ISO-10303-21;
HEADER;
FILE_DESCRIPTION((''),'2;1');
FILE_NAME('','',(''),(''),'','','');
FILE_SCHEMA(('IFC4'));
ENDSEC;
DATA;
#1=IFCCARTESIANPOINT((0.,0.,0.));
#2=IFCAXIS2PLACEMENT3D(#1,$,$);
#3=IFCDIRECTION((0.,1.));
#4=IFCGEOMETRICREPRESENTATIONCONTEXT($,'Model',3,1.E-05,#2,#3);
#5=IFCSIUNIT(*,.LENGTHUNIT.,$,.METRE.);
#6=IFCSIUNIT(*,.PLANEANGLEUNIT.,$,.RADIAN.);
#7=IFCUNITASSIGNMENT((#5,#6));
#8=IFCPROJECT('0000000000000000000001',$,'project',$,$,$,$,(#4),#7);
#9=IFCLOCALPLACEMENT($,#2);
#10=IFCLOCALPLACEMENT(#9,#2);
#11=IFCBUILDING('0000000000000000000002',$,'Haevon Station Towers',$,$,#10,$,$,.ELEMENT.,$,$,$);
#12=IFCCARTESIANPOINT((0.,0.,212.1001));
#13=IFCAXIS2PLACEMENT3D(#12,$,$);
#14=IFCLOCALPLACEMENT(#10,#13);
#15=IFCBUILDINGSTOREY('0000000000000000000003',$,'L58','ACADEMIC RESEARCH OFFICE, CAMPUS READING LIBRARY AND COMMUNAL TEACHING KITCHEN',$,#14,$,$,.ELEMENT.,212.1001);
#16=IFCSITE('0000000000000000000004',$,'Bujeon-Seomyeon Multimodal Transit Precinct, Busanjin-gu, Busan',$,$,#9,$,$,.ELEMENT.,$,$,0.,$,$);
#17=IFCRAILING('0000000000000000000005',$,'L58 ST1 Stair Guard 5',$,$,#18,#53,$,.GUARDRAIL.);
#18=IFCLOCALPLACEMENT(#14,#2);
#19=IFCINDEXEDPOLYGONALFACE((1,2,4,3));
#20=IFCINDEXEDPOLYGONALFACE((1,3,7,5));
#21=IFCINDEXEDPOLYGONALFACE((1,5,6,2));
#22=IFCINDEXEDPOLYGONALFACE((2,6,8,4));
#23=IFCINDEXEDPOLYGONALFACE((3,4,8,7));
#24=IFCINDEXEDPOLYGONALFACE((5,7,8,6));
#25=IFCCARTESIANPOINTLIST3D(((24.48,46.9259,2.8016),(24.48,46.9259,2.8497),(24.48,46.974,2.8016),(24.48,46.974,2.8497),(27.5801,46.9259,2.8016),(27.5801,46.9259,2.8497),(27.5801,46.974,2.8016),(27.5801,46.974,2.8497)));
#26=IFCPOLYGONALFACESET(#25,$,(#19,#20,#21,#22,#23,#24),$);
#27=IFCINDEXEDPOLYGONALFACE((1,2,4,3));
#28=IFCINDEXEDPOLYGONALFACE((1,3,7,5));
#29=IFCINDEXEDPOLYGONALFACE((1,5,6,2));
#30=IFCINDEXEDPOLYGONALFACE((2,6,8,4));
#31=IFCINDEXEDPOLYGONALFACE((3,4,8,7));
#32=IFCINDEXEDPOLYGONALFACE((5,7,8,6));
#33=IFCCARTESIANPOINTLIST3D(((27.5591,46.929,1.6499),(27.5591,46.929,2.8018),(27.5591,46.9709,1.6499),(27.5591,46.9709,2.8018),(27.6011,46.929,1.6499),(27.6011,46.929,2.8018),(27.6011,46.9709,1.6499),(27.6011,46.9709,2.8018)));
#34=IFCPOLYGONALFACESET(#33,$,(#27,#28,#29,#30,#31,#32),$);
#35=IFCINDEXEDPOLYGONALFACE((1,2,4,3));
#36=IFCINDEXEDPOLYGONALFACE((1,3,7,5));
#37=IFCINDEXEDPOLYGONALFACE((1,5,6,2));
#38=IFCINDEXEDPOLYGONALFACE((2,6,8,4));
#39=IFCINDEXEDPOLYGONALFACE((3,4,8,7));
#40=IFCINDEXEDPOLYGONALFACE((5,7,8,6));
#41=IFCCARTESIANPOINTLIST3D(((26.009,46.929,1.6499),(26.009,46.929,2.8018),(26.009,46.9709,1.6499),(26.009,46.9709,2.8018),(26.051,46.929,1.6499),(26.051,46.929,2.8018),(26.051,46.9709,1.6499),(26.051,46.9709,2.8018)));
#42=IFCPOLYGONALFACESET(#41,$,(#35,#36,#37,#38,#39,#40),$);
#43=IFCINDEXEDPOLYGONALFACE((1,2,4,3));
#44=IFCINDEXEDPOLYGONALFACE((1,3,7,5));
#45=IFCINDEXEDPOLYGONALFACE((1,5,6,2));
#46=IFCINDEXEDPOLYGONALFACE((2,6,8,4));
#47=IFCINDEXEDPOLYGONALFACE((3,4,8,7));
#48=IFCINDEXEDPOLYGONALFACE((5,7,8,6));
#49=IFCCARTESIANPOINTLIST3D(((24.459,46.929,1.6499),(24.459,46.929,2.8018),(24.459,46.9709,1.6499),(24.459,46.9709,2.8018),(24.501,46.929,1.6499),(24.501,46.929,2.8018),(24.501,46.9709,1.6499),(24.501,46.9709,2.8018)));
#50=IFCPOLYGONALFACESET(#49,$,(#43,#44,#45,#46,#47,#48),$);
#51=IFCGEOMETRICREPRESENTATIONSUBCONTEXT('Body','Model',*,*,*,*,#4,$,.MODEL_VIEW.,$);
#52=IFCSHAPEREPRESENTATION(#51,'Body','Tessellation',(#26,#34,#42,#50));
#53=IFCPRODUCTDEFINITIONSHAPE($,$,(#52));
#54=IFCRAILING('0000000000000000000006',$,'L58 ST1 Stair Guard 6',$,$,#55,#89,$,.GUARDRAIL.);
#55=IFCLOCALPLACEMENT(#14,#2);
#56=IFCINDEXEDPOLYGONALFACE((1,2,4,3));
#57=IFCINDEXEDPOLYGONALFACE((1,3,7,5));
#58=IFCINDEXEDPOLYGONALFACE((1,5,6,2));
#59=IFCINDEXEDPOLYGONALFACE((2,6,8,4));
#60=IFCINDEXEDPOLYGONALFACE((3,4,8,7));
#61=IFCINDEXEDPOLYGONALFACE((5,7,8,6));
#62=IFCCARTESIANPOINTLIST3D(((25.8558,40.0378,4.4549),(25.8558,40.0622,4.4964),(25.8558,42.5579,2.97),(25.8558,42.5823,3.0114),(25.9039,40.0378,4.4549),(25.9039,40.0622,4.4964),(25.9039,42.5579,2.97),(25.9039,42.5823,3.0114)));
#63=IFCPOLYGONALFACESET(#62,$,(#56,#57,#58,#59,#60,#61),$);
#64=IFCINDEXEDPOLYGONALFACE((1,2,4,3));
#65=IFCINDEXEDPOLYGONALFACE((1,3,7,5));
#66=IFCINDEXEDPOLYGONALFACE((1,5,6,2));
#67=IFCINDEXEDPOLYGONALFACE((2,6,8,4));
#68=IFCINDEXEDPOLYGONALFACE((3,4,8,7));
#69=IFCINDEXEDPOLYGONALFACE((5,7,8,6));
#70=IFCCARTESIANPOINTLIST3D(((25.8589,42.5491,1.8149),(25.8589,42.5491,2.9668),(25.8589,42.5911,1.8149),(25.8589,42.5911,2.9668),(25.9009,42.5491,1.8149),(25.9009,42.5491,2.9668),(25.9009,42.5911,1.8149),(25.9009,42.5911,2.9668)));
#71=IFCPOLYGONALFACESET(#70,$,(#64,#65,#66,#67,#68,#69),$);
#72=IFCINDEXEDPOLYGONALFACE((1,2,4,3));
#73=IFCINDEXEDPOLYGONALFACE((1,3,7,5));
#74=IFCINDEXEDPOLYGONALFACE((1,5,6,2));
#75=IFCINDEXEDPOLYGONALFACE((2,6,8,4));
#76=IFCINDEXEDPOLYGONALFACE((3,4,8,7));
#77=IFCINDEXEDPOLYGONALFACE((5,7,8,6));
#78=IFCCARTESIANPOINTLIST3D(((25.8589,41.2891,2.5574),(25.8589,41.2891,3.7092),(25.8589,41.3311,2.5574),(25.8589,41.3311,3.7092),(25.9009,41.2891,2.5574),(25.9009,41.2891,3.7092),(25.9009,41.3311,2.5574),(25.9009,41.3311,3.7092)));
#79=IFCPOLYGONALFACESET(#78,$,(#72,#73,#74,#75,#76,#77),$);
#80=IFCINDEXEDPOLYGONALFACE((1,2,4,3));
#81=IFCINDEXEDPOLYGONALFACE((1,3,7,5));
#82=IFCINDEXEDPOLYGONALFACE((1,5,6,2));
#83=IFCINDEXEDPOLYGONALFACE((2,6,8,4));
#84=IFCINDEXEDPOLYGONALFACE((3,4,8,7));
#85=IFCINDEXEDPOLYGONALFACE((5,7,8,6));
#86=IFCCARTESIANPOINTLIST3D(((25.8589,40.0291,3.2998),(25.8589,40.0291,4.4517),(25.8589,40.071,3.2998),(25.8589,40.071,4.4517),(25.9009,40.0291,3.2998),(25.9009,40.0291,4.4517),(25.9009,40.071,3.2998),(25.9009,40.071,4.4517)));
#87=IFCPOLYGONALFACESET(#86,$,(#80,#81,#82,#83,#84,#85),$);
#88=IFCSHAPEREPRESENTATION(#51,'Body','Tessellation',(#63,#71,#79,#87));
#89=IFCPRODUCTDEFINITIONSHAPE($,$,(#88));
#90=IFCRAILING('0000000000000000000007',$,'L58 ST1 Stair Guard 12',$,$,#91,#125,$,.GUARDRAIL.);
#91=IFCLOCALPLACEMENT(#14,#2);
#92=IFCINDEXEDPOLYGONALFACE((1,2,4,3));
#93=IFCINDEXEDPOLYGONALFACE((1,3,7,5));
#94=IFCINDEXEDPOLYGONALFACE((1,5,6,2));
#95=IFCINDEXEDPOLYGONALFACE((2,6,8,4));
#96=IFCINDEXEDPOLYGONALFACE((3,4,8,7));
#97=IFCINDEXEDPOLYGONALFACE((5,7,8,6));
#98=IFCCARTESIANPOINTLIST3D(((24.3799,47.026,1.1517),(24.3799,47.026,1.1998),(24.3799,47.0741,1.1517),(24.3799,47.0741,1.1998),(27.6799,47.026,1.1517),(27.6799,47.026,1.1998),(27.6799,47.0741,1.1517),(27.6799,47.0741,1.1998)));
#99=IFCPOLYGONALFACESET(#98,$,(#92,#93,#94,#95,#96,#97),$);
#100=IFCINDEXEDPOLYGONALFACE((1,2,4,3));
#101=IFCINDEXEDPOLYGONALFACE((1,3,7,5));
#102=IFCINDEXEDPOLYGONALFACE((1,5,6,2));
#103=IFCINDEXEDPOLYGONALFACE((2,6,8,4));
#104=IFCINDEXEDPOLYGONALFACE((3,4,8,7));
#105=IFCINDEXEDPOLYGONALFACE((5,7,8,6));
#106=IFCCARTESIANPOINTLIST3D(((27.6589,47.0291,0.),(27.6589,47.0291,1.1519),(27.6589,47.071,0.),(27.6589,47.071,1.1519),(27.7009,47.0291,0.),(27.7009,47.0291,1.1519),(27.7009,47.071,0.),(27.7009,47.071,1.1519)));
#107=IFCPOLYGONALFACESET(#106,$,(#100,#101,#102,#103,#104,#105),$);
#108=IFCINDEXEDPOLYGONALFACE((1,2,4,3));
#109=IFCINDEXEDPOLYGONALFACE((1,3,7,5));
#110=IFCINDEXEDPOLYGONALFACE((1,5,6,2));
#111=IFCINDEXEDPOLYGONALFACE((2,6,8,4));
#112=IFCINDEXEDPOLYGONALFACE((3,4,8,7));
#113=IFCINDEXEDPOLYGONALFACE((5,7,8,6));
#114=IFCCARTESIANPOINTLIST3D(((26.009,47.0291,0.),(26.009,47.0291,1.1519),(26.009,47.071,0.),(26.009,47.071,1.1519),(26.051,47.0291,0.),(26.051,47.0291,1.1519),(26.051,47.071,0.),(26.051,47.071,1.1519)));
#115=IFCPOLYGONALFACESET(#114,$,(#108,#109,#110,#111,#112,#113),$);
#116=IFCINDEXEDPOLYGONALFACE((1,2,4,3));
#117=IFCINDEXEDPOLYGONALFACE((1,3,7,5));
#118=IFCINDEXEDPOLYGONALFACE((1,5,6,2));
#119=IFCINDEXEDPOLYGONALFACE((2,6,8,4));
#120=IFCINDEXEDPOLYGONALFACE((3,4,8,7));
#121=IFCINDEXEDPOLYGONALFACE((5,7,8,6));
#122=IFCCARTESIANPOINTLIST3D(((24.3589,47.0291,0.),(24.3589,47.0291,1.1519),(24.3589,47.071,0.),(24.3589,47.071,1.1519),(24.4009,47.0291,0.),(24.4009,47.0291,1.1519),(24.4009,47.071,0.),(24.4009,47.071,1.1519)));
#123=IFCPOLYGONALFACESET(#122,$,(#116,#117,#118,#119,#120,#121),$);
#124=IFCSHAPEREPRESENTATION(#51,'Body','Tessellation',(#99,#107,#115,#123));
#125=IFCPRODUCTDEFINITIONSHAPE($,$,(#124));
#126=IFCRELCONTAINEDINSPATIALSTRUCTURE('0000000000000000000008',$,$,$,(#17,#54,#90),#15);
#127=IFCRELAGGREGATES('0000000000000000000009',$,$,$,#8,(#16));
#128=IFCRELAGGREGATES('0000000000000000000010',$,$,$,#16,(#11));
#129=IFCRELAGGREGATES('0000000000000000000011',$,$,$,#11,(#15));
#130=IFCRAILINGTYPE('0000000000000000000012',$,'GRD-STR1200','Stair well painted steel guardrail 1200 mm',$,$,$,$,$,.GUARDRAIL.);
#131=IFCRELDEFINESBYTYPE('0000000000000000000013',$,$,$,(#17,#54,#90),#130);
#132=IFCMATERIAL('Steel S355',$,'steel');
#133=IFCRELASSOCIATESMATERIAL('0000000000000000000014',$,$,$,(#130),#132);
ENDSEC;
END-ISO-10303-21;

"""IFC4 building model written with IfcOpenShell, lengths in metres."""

from ifc_helpers import new_model, si_unit, direction, frame, origin, origin_2d, place, context, subcontext, project, spatial, rectangle, extrude, material, type_object, element, save


model = new_model("IFC4")

# Units and contexts
model_context = context("Model", 3, precision=1e-05, world=origin(), true_north=direction((0.0, 1.0)))
body_context = subcontext(model_context, "Body", "Model", "MODEL_VIEW")
ifc_project = project(units=[si_unit("LENGTHUNIT", "METRE"), si_unit("PLANEANGLEUNIT", "RADIAN")], contexts=[model_context])

# Site, building, storey
site_placement = place(None, origin())
site = spatial("IfcSite", under=ifc_project, at=site_placement, Name="Bujeon-Seomyeon Multimodal Transit Precinct, Busanjin-gu, Busan", CompositionType="ELEMENT", RefElevation=0.0)
building_placement = place(site_placement, origin())
building = spatial("IfcBuilding", under=site, at=building_placement, Name="Haevon Station Towers", CompositionType="ELEMENT")
storey_placement = place(building_placement, frame((0.0, 0.0, 212.1001)))
storey = spatial("IfcBuildingStorey", under=building, at=storey_placement, Name="L58", Description="ACADEMIC RESEARCH OFFICE, CAMPUS READING LIBRARY AND COMMUNAL TEACHING KITCHEN", CompositionType="ELEMENT", Elevation=212.1001)

# Shared definitions
ifc_material_1 = material(Name="Steel S355", Category="steel")

# Railings
railing_type = type_object("IfcRailingType", Name="GRD-STR1200", Description="Stair well painted steel guardrail 1200 mm", PredefinedType="GUARDRAIL", material=ifc_material_1)
railing_1_placement = place(storey_placement, frame((27.5801, 46.95, 1.6499)))
element("IfcRailing", 1, at=railing_1_placement, inside=storey, type_object=railing_type, Name="L58 ST1 Stair Guard 5", PredefinedType="GUARDRAIL", context=body_context, shape_type="SweptSolid", body=[
    extrude(rectangle(XDim=0.0481, YDim=0.0481, at=origin_2d()), frame((0.0, 0.0, 1.1758), z_axis=(-1.0, 0.0, 0.0), x_axis=(0.0, -1.0, 0.0)), (0.0, 0.0, 1.0), 3.1001),
    extrude(rectangle(XDim=0.042, YDim=0.042, at=origin_2d()), origin(), (0.0, 0.0, 1.0), 1.1519),
    extrude(rectangle(XDim=0.042, YDim=0.042, at=origin_2d()), frame((-1.55, 0.0, 0.0)), (0.0, 0.0, 1.0), 1.1519),
    extrude(rectangle(XDim=0.042, YDim=0.042, at=origin_2d()), frame((-3.1001, 0.0, 0.0)), (0.0, 0.0, 1.0), 1.1519),
])
railing_2_placement = place(storey_placement, frame((25.8799, 42.5701, 1.8149)))
element("IfcRailing", 2, at=railing_2_placement, inside=storey, type_object=railing_type, Name="L58 ST1 Stair Guard 6", PredefinedType="GUARDRAIL", context=body_context, shape_type="SweptSolid", body=[
    extrude(rectangle(XDim=0.0481, YDim=0.0481, at=origin_2d()), frame((0.0, 0.0, 1.1758), z_axis=(0.0, -0.861561, 0.507655), x_axis=(1.0, 0.0, 0.0)), (0.0, 0.0, 1.0), 2.925),
    extrude(rectangle(XDim=0.042, YDim=0.042, at=origin_2d()), origin(), (0.0, 0.0, 1.0), 1.1519),
    extrude(rectangle(XDim=0.042, YDim=0.042, at=origin_2d()), frame((0.0, -1.26, 0.7424)), (0.0, 0.0, 1.0), 1.1519),
    extrude(rectangle(XDim=0.042, YDim=0.042, at=origin_2d()), frame((0.0, -2.52, 1.4849)), (0.0, 0.0, 1.0), 1.1519),
])
railing_3_placement = place(storey_placement, frame((27.6799, 47.05, 0.0)))
element("IfcRailing", 3, at=railing_3_placement, inside=storey, type_object=railing_type, Name="L58 ST1 Stair Guard 12", PredefinedType="GUARDRAIL", context=body_context, shape_type="SweptSolid", body=[
    extrude(rectangle(XDim=0.0481, YDim=0.0481, at=origin_2d()), frame((0.0, 0.0, 1.1758), z_axis=(-1.0, 0.0, 0.0), x_axis=(0.0, -1.0, 0.0)), (0.0, 0.0, 1.0), 3.3),
    extrude(rectangle(XDim=0.042, YDim=0.042, at=origin_2d()), origin(), (0.0, 0.0, 1.0), 1.1519),
    extrude(rectangle(XDim=0.042, YDim=0.042, at=origin_2d()), frame((-1.6499, 0.0, 0.0)), (0.0, 0.0, 1.0), 1.1519),
    extrude(rectangle(XDim=0.042, YDim=0.042, at=origin_2d()), frame((-3.3, 0.0, 0.0)), (0.0, 0.0, 1.0), 1.1519),
])

save(model, "model.ifc")
